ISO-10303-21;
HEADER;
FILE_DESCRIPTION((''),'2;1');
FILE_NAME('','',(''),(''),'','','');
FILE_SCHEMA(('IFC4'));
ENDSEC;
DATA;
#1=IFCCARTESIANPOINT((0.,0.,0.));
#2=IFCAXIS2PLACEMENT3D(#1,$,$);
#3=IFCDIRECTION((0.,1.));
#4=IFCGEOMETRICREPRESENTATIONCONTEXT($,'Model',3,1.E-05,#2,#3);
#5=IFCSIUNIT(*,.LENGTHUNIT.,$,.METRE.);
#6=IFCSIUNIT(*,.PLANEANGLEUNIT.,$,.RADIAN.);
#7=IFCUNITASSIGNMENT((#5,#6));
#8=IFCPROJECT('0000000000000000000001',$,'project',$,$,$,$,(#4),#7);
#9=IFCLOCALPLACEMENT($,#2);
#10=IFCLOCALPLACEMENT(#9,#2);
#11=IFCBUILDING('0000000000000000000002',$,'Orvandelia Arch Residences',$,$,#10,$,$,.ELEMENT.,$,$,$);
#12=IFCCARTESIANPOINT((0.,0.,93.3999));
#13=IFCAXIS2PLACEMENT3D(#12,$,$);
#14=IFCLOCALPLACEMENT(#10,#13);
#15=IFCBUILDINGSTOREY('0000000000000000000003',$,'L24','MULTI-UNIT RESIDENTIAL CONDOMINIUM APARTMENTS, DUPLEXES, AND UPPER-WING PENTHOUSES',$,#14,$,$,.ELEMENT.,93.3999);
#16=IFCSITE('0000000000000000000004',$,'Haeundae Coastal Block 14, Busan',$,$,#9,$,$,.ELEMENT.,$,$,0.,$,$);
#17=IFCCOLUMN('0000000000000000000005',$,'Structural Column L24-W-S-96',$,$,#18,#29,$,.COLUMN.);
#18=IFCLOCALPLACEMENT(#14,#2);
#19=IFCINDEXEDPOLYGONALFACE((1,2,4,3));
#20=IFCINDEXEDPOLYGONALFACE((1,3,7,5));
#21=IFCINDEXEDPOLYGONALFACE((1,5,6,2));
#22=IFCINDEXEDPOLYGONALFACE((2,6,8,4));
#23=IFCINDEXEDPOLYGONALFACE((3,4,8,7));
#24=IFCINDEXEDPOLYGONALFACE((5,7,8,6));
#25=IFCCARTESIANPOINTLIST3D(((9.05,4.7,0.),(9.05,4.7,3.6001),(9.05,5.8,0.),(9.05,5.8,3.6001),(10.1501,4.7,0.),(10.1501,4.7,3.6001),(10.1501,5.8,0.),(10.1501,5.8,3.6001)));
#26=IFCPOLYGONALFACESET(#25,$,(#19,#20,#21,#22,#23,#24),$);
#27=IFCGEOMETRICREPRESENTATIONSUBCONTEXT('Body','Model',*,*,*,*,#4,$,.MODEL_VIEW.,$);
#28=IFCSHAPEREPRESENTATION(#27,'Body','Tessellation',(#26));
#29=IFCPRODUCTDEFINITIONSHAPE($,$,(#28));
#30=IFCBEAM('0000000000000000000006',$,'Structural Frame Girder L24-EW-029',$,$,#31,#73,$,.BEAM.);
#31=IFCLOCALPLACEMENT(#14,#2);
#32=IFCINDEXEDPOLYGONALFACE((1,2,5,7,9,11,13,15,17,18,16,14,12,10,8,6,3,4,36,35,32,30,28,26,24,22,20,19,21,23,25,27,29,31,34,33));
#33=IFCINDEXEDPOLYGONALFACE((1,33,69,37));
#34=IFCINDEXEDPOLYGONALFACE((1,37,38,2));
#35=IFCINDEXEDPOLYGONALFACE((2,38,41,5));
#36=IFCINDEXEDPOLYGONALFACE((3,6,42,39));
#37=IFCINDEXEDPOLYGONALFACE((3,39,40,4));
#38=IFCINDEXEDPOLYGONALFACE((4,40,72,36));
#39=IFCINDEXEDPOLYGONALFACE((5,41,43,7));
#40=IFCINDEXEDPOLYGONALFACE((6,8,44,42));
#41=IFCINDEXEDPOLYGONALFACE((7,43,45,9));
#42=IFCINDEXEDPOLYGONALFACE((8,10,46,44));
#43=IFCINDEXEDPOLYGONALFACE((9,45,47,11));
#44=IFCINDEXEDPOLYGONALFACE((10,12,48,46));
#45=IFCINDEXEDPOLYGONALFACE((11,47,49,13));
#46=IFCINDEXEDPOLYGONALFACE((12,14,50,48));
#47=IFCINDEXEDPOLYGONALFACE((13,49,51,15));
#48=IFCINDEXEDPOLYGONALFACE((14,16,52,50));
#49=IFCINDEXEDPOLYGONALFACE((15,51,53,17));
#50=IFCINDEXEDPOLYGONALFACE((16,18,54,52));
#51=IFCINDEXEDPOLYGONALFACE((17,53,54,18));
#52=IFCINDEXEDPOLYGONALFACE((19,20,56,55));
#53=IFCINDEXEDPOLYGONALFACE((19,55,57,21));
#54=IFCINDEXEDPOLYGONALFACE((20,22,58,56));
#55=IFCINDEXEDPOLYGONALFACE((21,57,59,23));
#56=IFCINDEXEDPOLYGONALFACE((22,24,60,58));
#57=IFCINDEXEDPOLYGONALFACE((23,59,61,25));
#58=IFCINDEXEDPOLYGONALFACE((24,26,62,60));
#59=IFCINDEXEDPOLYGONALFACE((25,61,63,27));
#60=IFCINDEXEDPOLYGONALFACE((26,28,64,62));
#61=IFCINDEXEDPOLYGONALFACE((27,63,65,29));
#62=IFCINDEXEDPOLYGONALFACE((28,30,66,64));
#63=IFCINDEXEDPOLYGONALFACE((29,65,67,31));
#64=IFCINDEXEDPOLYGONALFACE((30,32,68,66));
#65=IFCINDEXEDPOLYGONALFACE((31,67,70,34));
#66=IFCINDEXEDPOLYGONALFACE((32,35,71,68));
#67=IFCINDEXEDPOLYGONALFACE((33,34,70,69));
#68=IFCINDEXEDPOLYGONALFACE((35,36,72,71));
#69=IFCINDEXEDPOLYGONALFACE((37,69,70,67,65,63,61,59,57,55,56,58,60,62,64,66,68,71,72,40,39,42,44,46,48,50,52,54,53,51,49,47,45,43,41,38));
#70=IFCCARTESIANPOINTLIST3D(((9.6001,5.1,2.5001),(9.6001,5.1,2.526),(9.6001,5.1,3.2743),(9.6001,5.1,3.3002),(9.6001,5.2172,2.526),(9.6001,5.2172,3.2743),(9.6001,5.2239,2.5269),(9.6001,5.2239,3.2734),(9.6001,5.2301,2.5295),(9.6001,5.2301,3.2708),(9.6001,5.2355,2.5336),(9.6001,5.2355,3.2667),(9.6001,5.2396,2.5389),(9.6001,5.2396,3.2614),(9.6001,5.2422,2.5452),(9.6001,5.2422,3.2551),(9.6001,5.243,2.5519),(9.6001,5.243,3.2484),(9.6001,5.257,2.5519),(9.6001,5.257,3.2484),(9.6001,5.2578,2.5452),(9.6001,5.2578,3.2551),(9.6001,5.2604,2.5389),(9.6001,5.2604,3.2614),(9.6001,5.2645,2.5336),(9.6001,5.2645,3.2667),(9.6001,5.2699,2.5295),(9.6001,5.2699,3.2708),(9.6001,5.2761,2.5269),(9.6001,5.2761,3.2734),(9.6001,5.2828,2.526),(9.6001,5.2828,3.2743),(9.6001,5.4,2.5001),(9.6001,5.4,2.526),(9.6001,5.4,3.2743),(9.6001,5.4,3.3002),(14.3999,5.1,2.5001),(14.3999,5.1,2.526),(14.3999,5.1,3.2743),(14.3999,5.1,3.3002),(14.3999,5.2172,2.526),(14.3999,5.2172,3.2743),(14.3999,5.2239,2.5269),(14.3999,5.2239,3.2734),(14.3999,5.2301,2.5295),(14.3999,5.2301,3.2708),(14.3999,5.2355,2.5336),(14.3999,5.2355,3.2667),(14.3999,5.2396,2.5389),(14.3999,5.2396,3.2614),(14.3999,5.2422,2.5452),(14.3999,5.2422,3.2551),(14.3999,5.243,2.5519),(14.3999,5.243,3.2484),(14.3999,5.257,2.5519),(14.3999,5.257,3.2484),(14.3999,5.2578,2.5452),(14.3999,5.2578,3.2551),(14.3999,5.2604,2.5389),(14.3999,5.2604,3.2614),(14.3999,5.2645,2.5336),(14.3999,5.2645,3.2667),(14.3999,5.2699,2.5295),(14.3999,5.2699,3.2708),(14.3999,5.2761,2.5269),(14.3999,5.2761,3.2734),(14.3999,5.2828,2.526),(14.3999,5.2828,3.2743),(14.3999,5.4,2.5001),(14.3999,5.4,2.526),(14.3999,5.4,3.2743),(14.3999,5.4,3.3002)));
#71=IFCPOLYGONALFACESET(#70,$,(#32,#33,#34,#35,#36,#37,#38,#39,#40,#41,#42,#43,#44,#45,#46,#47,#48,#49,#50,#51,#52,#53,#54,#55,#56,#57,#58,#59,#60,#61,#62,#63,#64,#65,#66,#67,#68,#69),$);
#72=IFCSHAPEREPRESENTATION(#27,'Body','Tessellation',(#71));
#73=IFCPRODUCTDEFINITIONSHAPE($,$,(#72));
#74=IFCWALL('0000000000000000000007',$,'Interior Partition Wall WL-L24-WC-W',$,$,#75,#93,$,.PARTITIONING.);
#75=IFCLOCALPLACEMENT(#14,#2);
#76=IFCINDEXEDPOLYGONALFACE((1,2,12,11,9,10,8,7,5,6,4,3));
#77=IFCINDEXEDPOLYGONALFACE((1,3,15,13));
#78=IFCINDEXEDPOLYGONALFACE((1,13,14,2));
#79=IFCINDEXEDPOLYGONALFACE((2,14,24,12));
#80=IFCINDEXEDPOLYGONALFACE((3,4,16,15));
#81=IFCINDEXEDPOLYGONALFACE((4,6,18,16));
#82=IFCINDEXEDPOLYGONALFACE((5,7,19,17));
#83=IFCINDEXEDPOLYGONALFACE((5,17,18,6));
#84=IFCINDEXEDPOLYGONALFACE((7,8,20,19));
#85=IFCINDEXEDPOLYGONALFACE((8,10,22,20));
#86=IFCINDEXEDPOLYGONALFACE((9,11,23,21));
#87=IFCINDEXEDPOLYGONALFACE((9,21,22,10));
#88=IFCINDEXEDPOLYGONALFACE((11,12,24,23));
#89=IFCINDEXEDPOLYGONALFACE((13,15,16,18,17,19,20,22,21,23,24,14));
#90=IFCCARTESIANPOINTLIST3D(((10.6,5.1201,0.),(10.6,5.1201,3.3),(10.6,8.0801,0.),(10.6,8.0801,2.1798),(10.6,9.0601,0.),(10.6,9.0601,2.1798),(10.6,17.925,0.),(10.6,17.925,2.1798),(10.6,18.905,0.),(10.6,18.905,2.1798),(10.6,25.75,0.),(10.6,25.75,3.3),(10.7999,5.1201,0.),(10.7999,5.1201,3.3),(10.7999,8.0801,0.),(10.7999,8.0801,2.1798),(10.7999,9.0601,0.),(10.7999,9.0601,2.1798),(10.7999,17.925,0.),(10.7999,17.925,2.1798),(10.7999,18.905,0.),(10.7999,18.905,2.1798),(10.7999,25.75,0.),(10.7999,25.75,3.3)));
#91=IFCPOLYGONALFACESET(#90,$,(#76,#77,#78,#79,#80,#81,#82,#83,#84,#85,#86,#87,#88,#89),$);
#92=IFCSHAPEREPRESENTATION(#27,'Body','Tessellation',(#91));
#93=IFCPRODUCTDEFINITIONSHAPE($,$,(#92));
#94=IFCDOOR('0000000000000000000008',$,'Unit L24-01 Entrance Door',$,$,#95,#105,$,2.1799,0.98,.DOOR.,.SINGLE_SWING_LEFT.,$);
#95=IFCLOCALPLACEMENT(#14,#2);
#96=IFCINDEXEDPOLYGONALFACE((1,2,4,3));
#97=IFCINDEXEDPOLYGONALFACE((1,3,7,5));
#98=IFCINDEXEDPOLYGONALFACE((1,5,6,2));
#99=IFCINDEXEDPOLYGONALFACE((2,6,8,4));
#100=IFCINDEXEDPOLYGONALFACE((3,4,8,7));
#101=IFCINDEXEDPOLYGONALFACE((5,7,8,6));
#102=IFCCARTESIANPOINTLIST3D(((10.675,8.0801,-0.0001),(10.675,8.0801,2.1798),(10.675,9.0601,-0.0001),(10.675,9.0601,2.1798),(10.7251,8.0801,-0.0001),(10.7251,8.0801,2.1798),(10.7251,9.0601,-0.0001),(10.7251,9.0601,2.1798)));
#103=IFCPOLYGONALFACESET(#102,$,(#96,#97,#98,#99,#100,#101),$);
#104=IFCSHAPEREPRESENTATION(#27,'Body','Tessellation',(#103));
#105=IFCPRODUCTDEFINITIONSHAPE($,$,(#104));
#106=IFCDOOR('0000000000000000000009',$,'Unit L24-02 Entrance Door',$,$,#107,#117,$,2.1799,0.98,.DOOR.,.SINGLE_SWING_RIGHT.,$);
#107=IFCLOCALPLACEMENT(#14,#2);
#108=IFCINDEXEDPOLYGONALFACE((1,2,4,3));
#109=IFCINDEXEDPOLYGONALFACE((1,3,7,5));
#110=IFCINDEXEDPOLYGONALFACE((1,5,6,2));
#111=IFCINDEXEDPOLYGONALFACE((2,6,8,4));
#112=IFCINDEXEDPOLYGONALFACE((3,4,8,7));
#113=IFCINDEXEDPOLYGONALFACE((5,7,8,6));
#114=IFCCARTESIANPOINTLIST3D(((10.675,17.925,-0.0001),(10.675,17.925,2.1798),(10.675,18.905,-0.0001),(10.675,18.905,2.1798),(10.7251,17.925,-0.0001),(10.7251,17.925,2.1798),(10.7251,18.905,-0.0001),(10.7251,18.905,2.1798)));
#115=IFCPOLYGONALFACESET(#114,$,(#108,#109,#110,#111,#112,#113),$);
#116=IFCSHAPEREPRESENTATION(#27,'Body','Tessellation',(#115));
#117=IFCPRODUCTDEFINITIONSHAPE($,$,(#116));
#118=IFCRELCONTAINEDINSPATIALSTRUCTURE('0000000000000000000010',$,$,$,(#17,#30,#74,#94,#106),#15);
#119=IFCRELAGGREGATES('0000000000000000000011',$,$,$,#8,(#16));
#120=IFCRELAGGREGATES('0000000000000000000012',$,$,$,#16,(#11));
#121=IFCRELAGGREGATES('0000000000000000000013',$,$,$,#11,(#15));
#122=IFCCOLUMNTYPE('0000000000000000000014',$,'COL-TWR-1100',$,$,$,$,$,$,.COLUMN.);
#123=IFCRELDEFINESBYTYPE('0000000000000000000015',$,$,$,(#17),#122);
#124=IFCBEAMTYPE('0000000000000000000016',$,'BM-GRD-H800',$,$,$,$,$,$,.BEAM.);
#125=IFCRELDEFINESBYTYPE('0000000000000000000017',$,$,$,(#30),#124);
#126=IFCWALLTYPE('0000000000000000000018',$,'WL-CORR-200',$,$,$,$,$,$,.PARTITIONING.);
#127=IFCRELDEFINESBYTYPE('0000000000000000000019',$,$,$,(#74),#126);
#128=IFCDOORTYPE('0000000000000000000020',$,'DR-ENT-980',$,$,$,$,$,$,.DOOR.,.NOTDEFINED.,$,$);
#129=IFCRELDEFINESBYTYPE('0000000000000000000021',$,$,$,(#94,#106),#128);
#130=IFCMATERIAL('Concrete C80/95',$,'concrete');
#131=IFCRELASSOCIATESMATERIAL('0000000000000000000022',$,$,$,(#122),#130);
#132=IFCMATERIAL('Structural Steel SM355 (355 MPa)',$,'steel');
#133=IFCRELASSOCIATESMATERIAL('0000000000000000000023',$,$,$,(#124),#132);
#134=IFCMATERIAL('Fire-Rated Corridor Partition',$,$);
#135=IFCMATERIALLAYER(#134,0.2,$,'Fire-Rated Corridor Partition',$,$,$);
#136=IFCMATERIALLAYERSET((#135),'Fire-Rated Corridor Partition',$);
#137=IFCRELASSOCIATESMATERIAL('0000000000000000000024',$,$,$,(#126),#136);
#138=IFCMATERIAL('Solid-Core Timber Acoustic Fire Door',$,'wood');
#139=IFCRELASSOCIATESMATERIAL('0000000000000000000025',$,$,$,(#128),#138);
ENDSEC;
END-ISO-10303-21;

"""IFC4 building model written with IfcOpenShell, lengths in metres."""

from ifc_helpers import new_model, si_unit, direction, frame, frame_2d, origin, origin_2d, place, context, subcontext, project, spatial, rectangle, i_section, extrude, material, layer, layer_set, material_profile, profile_set, type_object, element, fill, save


model = new_model("IFC4")

# Units and contexts
model_context = context("Model", 3, precision=1e-05, world=origin(), true_north=direction((0.0, 1.0)))
body_context = subcontext(model_context, "Body", "Model", "MODEL_VIEW")
ifc_project = project(units=[si_unit("LENGTHUNIT", "METRE"), si_unit("PLANEANGLEUNIT", "RADIAN")], contexts=[model_context])

# Site, building, storey
site_placement = place(None, origin())
site = spatial("IfcSite", under=ifc_project, at=site_placement, Name="Haeundae Coastal Block 14, Busan", CompositionType="ELEMENT", RefElevation=0.0)
building_placement = place(site_placement, origin())
building = spatial("IfcBuilding", under=site, at=building_placement, Name="Orvandelia Arch Residences", CompositionType="ELEMENT")
storey_placement = place(building_placement, frame((0.0, 0.0, 93.3999)))
storey = spatial("IfcBuildingStorey", under=building, at=storey_placement, Name="L24", Description="MULTI-UNIT RESIDENTIAL CONDOMINIUM APARTMENTS, DUPLEXES, AND UPPER-WING PENTHOUSES", CompositionType="ELEMENT", Elevation=93.3999)

# Column
ifc_material_1 = material(Name="Concrete C80/95", Category="concrete")
ifc_material_profile_1 = material_profile(ifc_material_1, rectangle(XDim=1.1001, YDim=1.1001, at=origin_2d()), Name="Concrete C80/95", Category="concrete")
ifc_profile_set_1 = profile_set([ifc_material_profile_1], Name="Concrete C80/95")
column_type = type_object("IfcColumnType", Name="COL-TWR-1100", PredefinedType="COLUMN", material=ifc_profile_set_1)
column_placement = place(storey_placement, frame((9.6001, 5.25, 0.0), z_axis=(0.0, 0.0, 1.0), x_axis=(1.0, 0.0, 0.0)))
element("IfcColumn", 1, at=column_placement, inside=storey, type_object=column_type, Name="Structural Column L24-W-S-96", PredefinedType="COLUMN", context=body_context, shape_type="SweptSolid", body=[
    extrude(rectangle(XDim=1.1001, YDim=1.1001, at=origin_2d()), origin(), (0.0, 0.0, 1.0), 3.6001),
])

# Beam
ifc_material_2 = material(Name="Structural Steel SM355 (355 MPa)", Category="steel")
ifc_material_profile_2 = material_profile(ifc_material_2, i_section(OverallWidth=0.3, OverallDepth=0.8, WebThickness=0.0139, FlangeThickness=0.0259, FilletRadius=0.0259, at=origin_2d()), Name="Structural Steel SM355 (355 MPa)", Category="steel")
ifc_profile_set_2 = profile_set([ifc_material_profile_2], Name="Structural Steel SM355 (355 MPa)")
beam_type = type_object("IfcBeamType", Name="BM-GRD-H800", PredefinedType="BEAM", material=ifc_profile_set_2)
beam_placement = place(storey_placement, frame((9.6001, 5.25, 2.9001), z_axis=(1.0, 0.0, 0.0), x_axis=(0.0, 1.0, 0.0)))
element("IfcBeam", 2, at=beam_placement, inside=storey, type_object=beam_type, Name="Structural Frame Girder L24-EW-029", PredefinedType="BEAM", context=body_context, shape_type="SweptSolid", body=[
    extrude(i_section(OverallWidth=0.3, OverallDepth=0.8, WebThickness=0.0139, FlangeThickness=0.0259, FilletRadius=0.0259, at=origin_2d()), origin(), (0.0, 0.0, 1.0), 4.7998),
])

# Wall, openings, doors
ifc_material_3 = material(Name="Fire-Rated Corridor Partition")
ifc_layer_1 = layer(ifc_material_3, 0.2, Name="Fire-Rated Corridor Partition")
ifc_layer_set_1 = layer_set([ifc_layer_1], Name="Fire-Rated Corridor Partition")
wall_type_1 = type_object("IfcWallType", Name="WL-CORR-200", PredefinedType="PARTITIONING", material=ifc_layer_set_1)
wall_1_placement = place(storey_placement, frame((10.7, 5.1201, 0.0), z_axis=(0.0, 0.0, 1.0), x_axis=(0.0, 1.0, 0.0)))
wall_1 = element("IfcWall", 3, at=wall_1_placement, inside=storey, type_object=wall_type_1, Name="Interior Partition Wall WL-L24-WC-W", PredefinedType="PARTITIONING", context=body_context, shape_type="SweptSolid", body=[
    extrude(rectangle(XDim=20.6299, YDim=0.2, at=frame_2d((10.3149, 0.0))), origin(), (0.0, 0.0, 1.0), 3.3),
])
opening_1_placement = place(wall_1_placement, frame((2.96, 0.0, 0.0)))
opening_1 = element("IfcOpeningElement", 4, at=opening_1_placement, cuts=wall_1, PredefinedType="OPENING", context=body_context, shape_type="SweptSolid", body=[
    extrude(rectangle(XDim=0.98, YDim=2.1799, at=frame_2d((0.49, 1.0898))), frame((0.0, 0.1099, 0.0), z_axis=(0.0, -1.0, 0.0), x_axis=(1.0, 0.0, 0.0)), (0.0, 0.0, 1.0), 0.22),
])
opening_2_placement = place(wall_1_placement, frame((12.8049, 0.0, 0.0)))
opening_2 = element("IfcOpeningElement", 5, at=opening_2_placement, cuts=wall_1, PredefinedType="OPENING", context=body_context, shape_type="SweptSolid", body=[
    extrude(rectangle(XDim=0.98, YDim=2.1799, at=frame_2d((0.49, 1.0898))), frame((0.0, 0.1099, 0.0), z_axis=(0.0, -1.0, 0.0), x_axis=(1.0, 0.0, 0.0)), (0.0, 0.0, 1.0), 0.22),
])
ifc_material_4 = material(Name="Solid-Core Timber Acoustic Fire Door", Category="wood")
door_type = type_object("IfcDoorType", Name="DR-ENT-980", OperationType="NOTDEFINED", PredefinedType="DOOR", material=ifc_material_4)
door_1_placement = place(opening_1_placement, origin())
door_1 = element("IfcDoor", 6, at=door_1_placement, inside=storey, type_object=door_type, Name="Unit L24-01 Entrance Door", OperationType="SINGLE_SWING_LEFT", OverallHeight=2.1799, OverallWidth=0.98, PredefinedType="DOOR", context=body_context, shape_type="SweptSolid", body=[
    extrude(rectangle(XDim=0.98, YDim=2.1799, at=frame_2d((0.49, 1.0898))), frame((0.0, 0.0249, 0.0), z_axis=(0.0, -1.0, 0.0), x_axis=(1.0, 0.0, 0.0)), (0.0, 0.0, 1.0), 0.05),
])
fill(opening_1, door_1)
door_2_placement = place(opening_2_placement, origin())
door_2 = element("IfcDoor", 7, at=door_2_placement, inside=storey, type_object=door_type, Name="Unit L24-02 Entrance Door", OperationType="SINGLE_SWING_RIGHT", OverallHeight=2.1799, OverallWidth=0.98, PredefinedType="DOOR", context=body_context, shape_type="SweptSolid", body=[
    extrude(rectangle(XDim=0.98, YDim=2.1799, at=frame_2d((0.49, 1.0898))), frame((0.0, 0.0249, 0.0), z_axis=(0.0, -1.0, 0.0), x_axis=(1.0, 0.0, 0.0)), (0.0, 0.0, 1.0), 0.05),
])
fill(opening_2, door_2)

save(model, "model.ifc")
